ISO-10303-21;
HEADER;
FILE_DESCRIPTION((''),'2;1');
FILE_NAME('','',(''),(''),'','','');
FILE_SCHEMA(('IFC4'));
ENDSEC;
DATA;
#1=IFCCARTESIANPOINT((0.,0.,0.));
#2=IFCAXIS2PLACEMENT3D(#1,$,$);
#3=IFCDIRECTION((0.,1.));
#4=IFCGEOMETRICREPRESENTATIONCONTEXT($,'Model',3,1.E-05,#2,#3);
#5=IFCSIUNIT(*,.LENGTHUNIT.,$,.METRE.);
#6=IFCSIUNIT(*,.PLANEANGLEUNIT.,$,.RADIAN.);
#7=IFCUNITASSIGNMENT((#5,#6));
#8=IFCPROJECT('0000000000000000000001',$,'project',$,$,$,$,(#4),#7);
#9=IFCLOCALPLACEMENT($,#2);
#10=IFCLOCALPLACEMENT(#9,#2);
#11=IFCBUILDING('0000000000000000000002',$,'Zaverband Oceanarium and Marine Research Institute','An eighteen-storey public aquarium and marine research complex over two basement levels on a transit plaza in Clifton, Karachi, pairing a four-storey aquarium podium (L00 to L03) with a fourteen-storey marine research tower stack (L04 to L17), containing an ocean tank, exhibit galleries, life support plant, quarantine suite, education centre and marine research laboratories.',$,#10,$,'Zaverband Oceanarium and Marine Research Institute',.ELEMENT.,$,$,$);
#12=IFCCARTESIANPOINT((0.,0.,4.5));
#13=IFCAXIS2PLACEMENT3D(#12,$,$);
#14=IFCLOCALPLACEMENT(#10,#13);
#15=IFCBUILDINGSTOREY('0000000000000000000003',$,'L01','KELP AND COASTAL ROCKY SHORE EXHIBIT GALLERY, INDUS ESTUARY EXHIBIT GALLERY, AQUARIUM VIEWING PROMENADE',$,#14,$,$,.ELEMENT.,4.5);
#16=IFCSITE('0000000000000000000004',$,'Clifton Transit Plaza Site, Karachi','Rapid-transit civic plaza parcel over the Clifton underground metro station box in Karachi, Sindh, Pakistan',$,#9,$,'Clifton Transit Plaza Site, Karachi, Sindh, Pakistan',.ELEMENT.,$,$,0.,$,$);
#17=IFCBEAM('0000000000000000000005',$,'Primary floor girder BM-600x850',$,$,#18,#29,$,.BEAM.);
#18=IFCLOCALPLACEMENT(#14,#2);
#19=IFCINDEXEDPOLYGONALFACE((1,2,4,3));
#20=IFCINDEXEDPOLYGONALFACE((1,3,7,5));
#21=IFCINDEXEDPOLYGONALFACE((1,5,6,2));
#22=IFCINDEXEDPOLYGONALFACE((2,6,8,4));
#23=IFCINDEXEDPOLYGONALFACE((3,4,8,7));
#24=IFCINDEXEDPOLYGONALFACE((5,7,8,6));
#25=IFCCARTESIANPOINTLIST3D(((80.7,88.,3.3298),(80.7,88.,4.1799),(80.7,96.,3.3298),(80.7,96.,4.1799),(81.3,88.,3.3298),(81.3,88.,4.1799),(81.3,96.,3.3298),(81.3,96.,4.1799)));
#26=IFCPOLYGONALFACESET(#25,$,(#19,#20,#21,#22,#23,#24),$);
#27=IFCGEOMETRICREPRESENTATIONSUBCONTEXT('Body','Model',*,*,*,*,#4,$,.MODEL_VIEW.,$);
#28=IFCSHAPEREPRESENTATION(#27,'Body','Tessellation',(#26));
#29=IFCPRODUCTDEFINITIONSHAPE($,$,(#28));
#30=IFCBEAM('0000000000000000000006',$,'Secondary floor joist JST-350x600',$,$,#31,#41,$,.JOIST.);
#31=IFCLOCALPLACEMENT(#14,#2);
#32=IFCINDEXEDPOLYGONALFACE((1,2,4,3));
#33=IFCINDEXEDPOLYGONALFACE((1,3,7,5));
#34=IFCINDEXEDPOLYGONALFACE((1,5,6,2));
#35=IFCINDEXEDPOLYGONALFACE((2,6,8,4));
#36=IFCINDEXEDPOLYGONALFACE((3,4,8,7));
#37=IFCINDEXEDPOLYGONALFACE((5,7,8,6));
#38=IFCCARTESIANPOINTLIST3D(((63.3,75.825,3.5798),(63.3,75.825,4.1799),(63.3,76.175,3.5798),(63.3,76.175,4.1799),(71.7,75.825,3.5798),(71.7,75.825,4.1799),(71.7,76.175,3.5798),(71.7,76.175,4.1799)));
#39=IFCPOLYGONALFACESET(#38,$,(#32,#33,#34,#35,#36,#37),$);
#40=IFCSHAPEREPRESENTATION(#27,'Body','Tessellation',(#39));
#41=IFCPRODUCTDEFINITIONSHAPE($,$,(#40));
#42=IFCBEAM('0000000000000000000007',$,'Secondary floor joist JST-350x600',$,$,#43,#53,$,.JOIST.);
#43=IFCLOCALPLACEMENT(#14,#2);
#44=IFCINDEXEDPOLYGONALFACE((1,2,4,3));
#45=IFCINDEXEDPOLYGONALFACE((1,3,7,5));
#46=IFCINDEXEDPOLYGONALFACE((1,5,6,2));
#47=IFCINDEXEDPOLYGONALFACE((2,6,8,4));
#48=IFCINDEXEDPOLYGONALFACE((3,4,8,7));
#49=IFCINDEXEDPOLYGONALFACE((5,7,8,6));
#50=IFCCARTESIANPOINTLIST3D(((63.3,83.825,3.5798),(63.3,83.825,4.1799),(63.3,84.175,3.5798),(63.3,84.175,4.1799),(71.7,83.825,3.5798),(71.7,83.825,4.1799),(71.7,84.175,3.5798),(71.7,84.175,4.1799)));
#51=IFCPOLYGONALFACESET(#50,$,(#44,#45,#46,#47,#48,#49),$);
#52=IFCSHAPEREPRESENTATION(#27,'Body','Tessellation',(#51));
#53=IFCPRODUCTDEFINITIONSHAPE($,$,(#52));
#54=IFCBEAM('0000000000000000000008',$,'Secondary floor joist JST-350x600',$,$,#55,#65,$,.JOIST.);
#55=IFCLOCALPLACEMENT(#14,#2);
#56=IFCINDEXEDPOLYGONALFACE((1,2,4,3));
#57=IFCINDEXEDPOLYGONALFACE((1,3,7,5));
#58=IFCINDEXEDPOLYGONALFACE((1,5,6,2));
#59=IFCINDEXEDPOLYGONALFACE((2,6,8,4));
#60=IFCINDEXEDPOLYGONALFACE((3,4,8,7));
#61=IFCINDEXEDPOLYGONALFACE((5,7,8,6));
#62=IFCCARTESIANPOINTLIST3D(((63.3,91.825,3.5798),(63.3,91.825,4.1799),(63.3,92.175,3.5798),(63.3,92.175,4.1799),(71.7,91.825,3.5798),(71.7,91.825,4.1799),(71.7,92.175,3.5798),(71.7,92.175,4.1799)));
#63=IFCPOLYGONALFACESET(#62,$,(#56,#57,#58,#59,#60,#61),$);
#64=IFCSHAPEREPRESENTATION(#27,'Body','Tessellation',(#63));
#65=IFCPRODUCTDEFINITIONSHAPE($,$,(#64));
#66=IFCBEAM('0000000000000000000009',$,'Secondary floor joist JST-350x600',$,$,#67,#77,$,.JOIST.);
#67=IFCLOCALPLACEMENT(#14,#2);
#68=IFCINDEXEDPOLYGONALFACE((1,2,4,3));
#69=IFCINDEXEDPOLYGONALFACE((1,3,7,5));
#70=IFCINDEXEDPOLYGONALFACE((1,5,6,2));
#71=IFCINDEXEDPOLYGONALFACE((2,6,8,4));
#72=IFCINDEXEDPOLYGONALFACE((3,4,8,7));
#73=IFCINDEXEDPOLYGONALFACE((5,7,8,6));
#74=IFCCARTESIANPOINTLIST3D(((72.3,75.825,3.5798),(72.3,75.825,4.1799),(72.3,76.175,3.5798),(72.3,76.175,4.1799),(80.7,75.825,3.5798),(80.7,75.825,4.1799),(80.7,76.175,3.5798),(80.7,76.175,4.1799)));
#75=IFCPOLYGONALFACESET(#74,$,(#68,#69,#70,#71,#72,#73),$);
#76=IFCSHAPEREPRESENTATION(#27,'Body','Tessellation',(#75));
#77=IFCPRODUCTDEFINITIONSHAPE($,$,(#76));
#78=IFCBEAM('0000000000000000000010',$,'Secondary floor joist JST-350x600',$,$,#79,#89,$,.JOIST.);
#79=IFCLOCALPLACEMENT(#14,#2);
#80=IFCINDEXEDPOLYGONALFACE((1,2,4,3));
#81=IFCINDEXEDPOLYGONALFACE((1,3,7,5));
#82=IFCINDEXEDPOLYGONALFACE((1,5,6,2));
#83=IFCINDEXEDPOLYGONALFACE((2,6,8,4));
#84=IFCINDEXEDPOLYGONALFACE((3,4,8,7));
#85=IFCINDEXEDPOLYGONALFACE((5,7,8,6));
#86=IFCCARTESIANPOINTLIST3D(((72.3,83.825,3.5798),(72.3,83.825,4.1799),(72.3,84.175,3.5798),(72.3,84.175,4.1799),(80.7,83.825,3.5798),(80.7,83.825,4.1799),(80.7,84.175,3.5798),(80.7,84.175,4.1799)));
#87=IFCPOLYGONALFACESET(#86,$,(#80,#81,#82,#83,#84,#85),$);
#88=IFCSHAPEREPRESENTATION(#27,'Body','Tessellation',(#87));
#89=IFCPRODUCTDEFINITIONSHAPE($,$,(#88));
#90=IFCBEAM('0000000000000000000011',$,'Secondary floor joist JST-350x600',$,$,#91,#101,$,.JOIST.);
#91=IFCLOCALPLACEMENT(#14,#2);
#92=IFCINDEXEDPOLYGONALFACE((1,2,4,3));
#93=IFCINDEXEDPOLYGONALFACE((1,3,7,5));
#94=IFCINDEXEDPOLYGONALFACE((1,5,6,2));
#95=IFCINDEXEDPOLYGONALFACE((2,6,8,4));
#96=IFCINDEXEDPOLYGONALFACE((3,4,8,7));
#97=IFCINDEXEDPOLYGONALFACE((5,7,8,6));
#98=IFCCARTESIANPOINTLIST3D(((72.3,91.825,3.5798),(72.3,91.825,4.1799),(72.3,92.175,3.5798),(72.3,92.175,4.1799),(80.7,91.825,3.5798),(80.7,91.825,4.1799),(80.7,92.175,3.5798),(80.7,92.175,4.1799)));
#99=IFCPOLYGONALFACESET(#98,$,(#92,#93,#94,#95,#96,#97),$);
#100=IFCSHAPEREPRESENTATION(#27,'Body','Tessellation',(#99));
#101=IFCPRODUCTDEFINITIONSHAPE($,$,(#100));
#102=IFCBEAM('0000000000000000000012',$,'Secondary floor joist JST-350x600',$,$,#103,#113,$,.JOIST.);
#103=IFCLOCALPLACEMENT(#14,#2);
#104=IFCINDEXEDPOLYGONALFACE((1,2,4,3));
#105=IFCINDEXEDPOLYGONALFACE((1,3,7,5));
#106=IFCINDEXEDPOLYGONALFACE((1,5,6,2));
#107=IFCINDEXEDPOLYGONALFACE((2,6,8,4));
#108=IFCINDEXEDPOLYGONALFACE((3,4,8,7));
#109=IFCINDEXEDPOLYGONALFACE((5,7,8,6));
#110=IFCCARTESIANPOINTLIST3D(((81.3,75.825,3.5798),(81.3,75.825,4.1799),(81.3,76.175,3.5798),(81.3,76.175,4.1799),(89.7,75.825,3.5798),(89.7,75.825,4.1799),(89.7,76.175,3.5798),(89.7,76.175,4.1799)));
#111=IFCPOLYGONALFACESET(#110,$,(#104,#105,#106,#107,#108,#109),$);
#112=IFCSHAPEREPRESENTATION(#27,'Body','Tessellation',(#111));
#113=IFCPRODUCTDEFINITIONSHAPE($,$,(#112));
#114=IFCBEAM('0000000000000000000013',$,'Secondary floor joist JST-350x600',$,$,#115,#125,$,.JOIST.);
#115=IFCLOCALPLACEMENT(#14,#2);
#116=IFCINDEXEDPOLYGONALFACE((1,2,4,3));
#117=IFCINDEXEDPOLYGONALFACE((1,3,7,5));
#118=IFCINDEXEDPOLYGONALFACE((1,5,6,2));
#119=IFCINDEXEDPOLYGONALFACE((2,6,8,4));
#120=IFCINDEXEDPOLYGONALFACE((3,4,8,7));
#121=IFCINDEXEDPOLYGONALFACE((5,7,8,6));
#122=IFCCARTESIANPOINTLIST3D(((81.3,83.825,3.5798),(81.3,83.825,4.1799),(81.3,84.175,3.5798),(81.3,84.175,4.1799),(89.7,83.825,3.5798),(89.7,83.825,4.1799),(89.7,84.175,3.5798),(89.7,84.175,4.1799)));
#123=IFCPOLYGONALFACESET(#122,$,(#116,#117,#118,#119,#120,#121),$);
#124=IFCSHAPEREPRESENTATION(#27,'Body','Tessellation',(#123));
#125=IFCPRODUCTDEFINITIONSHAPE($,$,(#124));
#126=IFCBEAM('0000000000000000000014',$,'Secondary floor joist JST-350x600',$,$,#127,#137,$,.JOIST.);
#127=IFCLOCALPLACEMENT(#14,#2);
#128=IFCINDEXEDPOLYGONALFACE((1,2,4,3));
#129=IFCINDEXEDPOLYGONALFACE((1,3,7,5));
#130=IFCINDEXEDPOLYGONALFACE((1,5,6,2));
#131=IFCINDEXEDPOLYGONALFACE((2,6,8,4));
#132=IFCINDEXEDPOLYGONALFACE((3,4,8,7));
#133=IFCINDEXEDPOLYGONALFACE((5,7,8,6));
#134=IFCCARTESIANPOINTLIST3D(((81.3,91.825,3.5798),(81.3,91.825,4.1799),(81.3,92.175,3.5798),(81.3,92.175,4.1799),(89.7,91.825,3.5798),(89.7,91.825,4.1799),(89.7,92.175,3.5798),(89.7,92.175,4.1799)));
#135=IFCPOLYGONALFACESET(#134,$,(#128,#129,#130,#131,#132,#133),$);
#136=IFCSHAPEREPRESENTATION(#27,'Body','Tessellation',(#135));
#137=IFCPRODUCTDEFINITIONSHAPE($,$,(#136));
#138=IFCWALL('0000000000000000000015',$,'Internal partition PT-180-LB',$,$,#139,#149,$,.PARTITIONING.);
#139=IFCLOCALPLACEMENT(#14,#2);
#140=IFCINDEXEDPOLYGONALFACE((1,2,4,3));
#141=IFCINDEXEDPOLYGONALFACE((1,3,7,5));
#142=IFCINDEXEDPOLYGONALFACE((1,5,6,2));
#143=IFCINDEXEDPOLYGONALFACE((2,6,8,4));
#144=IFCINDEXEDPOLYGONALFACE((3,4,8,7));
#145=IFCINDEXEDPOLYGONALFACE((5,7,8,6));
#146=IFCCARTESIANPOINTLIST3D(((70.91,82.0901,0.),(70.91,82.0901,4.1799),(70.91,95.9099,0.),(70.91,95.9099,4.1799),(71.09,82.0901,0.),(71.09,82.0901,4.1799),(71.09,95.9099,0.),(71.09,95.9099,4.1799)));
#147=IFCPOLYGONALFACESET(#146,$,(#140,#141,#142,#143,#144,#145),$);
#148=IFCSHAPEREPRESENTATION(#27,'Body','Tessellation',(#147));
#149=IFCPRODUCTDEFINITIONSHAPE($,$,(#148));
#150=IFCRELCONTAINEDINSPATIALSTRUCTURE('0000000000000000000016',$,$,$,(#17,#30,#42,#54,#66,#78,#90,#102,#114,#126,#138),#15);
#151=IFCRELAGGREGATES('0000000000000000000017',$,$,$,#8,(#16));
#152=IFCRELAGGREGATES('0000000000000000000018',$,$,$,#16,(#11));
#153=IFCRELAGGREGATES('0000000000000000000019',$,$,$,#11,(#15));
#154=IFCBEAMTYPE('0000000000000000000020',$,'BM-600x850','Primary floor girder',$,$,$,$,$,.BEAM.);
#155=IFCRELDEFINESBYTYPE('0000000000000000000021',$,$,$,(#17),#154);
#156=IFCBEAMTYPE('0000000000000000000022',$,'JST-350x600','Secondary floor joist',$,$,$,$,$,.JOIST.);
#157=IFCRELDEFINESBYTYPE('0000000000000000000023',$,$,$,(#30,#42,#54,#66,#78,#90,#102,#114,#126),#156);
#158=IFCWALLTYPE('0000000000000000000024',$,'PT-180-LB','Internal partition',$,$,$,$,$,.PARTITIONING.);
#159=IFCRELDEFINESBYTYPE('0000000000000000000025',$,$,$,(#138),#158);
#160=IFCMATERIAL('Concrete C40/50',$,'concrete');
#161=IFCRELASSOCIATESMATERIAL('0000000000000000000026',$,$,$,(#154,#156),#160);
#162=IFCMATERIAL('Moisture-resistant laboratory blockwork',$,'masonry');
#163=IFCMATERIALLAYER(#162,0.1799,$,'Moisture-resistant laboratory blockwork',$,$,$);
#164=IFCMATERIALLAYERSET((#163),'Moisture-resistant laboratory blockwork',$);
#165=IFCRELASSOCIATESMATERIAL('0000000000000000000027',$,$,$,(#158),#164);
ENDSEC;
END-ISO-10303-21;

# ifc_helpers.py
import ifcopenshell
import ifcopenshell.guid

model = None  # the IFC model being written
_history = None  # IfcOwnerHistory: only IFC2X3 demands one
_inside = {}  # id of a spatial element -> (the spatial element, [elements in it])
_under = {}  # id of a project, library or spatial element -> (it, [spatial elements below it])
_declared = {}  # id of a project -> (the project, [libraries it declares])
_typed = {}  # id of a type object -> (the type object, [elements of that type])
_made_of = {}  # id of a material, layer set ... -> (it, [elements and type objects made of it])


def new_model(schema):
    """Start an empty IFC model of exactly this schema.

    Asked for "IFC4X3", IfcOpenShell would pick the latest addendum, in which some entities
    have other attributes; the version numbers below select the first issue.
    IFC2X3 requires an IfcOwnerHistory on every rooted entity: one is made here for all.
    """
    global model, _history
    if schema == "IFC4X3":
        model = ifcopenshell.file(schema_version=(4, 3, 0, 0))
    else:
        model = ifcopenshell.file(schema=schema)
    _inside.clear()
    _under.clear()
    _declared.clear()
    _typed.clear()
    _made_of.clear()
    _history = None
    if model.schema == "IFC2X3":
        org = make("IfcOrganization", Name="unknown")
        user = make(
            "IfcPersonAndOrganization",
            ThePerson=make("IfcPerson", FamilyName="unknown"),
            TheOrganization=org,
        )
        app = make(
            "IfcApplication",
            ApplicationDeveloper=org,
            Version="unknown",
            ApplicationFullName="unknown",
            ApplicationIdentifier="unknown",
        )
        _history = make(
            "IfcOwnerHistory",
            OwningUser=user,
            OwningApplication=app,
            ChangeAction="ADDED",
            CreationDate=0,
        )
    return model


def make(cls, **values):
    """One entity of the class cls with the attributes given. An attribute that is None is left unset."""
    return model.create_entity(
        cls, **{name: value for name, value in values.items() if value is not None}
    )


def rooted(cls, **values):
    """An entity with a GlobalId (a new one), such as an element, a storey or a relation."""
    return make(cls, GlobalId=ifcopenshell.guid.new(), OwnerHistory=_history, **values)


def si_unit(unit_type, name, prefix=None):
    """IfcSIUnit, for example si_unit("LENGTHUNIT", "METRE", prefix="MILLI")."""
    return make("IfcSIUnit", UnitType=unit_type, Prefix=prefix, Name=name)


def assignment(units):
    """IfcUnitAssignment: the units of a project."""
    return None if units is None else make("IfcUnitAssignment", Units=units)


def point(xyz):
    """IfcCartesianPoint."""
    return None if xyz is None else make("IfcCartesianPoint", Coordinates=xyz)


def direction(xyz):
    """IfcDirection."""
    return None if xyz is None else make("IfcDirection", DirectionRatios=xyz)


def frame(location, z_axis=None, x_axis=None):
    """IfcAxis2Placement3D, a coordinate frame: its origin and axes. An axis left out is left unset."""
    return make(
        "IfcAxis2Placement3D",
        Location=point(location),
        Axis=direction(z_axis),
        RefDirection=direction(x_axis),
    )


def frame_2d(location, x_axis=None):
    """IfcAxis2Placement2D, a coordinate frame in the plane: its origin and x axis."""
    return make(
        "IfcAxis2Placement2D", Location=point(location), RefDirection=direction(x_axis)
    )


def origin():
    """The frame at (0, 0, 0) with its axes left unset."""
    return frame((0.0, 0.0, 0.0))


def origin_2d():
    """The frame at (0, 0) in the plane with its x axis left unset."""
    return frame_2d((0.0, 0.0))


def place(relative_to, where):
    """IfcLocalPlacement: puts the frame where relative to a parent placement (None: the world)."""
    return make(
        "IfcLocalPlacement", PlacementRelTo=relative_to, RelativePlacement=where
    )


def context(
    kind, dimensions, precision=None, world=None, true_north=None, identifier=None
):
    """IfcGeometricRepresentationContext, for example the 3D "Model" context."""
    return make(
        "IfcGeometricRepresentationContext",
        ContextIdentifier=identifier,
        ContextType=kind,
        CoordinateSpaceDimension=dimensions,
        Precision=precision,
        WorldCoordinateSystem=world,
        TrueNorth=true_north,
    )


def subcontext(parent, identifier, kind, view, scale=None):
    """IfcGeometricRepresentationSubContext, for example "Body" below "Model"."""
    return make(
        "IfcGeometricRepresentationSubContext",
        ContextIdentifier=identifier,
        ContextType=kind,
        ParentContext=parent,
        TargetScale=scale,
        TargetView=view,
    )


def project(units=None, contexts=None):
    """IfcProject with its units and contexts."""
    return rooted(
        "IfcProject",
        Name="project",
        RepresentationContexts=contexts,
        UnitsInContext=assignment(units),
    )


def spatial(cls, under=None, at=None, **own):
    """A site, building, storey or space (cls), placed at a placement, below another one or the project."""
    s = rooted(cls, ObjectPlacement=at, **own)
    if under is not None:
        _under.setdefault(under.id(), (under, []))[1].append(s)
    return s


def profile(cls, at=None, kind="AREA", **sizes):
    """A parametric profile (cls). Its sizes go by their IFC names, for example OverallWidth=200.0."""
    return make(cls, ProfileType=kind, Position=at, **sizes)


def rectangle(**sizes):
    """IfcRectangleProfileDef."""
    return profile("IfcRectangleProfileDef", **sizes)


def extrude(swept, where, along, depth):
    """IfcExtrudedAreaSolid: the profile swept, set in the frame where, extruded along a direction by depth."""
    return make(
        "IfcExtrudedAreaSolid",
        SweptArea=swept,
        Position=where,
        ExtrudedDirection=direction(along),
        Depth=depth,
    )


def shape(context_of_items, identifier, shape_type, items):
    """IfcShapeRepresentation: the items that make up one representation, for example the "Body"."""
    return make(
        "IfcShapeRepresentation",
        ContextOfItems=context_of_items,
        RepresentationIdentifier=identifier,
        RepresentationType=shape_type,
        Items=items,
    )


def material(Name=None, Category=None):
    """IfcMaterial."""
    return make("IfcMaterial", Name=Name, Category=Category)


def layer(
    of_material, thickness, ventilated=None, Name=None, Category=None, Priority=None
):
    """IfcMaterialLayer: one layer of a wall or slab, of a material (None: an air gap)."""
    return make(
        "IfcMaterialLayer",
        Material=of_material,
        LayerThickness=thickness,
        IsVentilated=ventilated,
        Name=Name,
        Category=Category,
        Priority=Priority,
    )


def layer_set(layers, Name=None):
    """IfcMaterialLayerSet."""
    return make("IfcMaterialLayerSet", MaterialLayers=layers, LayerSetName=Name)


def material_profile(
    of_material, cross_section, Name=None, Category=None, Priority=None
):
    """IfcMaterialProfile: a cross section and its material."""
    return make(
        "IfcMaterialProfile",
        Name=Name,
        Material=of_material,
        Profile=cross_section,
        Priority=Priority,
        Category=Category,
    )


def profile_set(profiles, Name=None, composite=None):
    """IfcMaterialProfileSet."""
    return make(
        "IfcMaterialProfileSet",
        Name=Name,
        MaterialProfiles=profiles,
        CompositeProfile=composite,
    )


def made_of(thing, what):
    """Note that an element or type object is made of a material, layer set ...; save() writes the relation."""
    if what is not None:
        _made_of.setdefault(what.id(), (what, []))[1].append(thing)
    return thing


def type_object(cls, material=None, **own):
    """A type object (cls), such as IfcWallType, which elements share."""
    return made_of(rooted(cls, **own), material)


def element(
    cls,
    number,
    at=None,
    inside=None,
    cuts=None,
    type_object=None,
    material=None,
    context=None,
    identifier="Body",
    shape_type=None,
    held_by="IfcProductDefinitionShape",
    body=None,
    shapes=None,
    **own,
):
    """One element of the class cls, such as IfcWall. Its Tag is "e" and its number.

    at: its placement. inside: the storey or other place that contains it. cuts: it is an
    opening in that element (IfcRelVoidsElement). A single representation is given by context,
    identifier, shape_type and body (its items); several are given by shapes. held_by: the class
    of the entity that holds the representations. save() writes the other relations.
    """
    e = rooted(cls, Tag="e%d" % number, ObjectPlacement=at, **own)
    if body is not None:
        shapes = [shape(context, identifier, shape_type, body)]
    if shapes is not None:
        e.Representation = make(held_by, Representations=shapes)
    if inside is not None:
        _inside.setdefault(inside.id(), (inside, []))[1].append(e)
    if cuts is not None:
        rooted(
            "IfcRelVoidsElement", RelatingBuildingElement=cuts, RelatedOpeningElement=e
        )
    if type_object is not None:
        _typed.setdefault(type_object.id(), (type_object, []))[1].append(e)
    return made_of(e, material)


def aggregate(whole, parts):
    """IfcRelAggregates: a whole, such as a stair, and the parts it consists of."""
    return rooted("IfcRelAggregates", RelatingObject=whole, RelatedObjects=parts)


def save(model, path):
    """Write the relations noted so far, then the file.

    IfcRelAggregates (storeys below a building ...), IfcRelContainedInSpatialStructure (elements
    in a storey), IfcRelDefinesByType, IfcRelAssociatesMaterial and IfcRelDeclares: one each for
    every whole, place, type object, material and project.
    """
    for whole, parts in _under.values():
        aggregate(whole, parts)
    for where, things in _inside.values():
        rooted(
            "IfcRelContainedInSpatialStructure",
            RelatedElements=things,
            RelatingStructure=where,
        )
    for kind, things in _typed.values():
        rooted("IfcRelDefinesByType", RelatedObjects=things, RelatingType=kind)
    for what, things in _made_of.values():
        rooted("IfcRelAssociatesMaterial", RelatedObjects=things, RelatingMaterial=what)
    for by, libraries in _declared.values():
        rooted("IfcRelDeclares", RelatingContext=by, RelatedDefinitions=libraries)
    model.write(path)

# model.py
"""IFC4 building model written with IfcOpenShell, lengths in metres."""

from ifc_helpers import new_model, si_unit, direction, frame, frame_2d, origin, origin_2d, place, context, subcontext, project, spatial, rectangle, extrude, material, layer, layer_set, material_profile, profile_set, type_object, element, save


model = new_model("IFC4")

# Units and contexts
model_context = context("Model", 3, precision=1e-05, world=origin(), true_north=direction((0.0, 1.0)))
body_context = subcontext(model_context, "Body", "Model", "MODEL_VIEW")
ifc_project = project(units=[si_unit("LENGTHUNIT", "METRE"), si_unit("PLANEANGLEUNIT", "RADIAN")], contexts=[model_context])

# Site, building, storey
site_placement = place(None, origin())
site = spatial("IfcSite", under=ifc_project, at=site_placement, Name="Clifton Transit Plaza Site, Karachi", Description="Rapid-transit civic plaza parcel over the Clifton underground metro station box in Karachi, Sindh, Pakistan", LongName="Clifton Transit Plaza Site, Karachi, Sindh, Pakistan", CompositionType="ELEMENT", RefElevation=0.0)
building_placement = place(site_placement, origin())
building = spatial("IfcBuilding", under=site, at=building_placement, Name="Zaverband Oceanarium and Marine Research Institute", Description="An eighteen-storey public aquarium and marine research complex over two basement levels on a transit plaza in Clifton, Karachi, pairing a four-storey aquarium podium (L00 to L03) with a fourteen-storey marine research tower stack (L04 to L17), containing an ocean tank, exhibit galleries, life support plant, quarantine suite, education centre and marine research laboratories.", LongName="Zaverband Oceanarium and Marine Research Institute", CompositionType="ELEMENT")
storey_placement = place(building_placement, frame((0.0, 0.0, 4.5)))
storey = spatial("IfcBuildingStorey", under=building, at=storey_placement, Name="L01", Description="KELP AND COASTAL ROCKY SHORE EXHIBIT GALLERY, INDUS ESTUARY EXHIBIT GALLERY, AQUARIUM VIEWING PROMENADE", CompositionType="ELEMENT", Elevation=4.5)

# Beams
ifc_material_1 = material(Name="Concrete C40/50", Category="concrete")
ifc_material_profile_1 = material_profile(ifc_material_1, rectangle(XDim=0.6001, YDim=0.8501, at=origin_2d()), Name="RC600x850")
ifc_profile_set_1 = profile_set([ifc_material_profile_1], Name="Concrete C40/50")
beam_type_1 = type_object("IfcBeamType", Name="BM-600x850", Description="Primary floor girder", PredefinedType="BEAM", material=ifc_profile_set_1)
for number, where, z_axis, x_axis, name in (
    (1, (81.0, 88.0, 3.7549), (0.0, 1.0, 0.0), (-1.0, 0.0, 0.0), "Primary floor girder BM-600x850"),
):
    element("IfcBeam", number, at=place(storey_placement, frame(where, z_axis=z_axis, x_axis=x_axis)), inside=storey, type_object=beam_type_1, Name=name, PredefinedType="BEAM", context=body_context, shape_type="SweptSolid", body=[
        extrude(rectangle(XDim=0.6001, YDim=0.8501, at=origin_2d()), origin(), (0.0, 0.0, 1.0), 8.0),
    ])
ifc_material_profile_2 = material_profile(ifc_material_1, rectangle(XDim=0.3501, YDim=0.6001, at=origin_2d()), Name="RC350x600")
ifc_profile_set_2 = profile_set([ifc_material_profile_2], Name="Concrete C40/50")
beam_type_2 = type_object("IfcBeamType", Name="JST-350x600", Description="Secondary floor joist", PredefinedType="JOIST", material=ifc_profile_set_2)
for number, where, z_axis, x_axis, name in (
    (2, (63.3, 76.0, 3.8799), (1.0, 0.0, 0.0), (0.0, 1.0, 0.0), "Secondary floor joist JST-350x600"),
    (3, (63.3, 84.0, 3.8799), (1.0, 0.0, 0.0), (0.0, 1.0, 0.0), "Secondary floor joist JST-350x600"),
    (4, (63.3, 92.0, 3.8799), (1.0, 0.0, 0.0), (0.0, 1.0, 0.0), "Secondary floor joist JST-350x600"),
    (5, (72.3, 76.0, 3.8799), (1.0, 0.0, 0.0), (0.0, 1.0, 0.0), "Secondary floor joist JST-350x600"),
    (6, (72.3, 84.0, 3.8799), (1.0, 0.0, 0.0), (0.0, 1.0, 0.0), "Secondary floor joist JST-350x600"),
    (7, (72.3, 92.0, 3.8799), (1.0, 0.0, 0.0), (0.0, 1.0, 0.0), "Secondary floor joist JST-350x600"),
    (8, (81.3, 76.0, 3.8799), (1.0, 0.0, 0.0), (0.0, 1.0, 0.0), "Secondary floor joist JST-350x600"),
    (9, (81.3, 84.0, 3.8799), (1.0, 0.0, 0.0), (0.0, 1.0, 0.0), "Secondary floor joist JST-350x600"),
    (10, (81.3, 92.0, 3.8799), (1.0, 0.0, 0.0), (0.0, 1.0, 0.0), "Secondary floor joist JST-350x600"),
):
    element("IfcBeam", number, at=place(storey_placement, frame(where, z_axis=z_axis, x_axis=x_axis)), inside=storey, type_object=beam_type_2, Name=name, PredefinedType="JOIST", context=body_context, shape_type="SweptSolid", body=[
        extrude(rectangle(XDim=0.3501, YDim=0.6001, at=origin_2d()), origin(), (0.0, 0.0, 1.0), 8.3999),
    ])

# Wall
ifc_material_2 = material(Name="Moisture-resistant laboratory blockwork", Category="masonry")
ifc_layer = layer(ifc_material_2, 0.1799, Name="Moisture-resistant laboratory blockwork")
ifc_layer_set = layer_set([ifc_layer], Name="Moisture-resistant laboratory blockwork")
wall_type = type_object("IfcWallType", Name="PT-180-LB", Description="Internal partition", PredefinedType="PARTITIONING", material=ifc_layer_set)
wall_placement = place(storey_placement, frame((71.0, 82.0901, 0.0), z_axis=(0.0, 0.0, 1.0), x_axis=(0.0, 1.0, 0.0)))
element("IfcWall", 11, at=wall_placement, inside=storey, type_object=wall_type, Name="Internal partition PT-180-LB", PredefinedType="PARTITIONING", context=body_context, shape_type="SweptSolid", body=[
    extrude(rectangle(XDim=13.8198, YDim=0.1799, at=frame_2d((6.9099, 0.0))), origin(), (0.0, 0.0, 1.0), 4.1799),
])

save(model, "model.ifc")
